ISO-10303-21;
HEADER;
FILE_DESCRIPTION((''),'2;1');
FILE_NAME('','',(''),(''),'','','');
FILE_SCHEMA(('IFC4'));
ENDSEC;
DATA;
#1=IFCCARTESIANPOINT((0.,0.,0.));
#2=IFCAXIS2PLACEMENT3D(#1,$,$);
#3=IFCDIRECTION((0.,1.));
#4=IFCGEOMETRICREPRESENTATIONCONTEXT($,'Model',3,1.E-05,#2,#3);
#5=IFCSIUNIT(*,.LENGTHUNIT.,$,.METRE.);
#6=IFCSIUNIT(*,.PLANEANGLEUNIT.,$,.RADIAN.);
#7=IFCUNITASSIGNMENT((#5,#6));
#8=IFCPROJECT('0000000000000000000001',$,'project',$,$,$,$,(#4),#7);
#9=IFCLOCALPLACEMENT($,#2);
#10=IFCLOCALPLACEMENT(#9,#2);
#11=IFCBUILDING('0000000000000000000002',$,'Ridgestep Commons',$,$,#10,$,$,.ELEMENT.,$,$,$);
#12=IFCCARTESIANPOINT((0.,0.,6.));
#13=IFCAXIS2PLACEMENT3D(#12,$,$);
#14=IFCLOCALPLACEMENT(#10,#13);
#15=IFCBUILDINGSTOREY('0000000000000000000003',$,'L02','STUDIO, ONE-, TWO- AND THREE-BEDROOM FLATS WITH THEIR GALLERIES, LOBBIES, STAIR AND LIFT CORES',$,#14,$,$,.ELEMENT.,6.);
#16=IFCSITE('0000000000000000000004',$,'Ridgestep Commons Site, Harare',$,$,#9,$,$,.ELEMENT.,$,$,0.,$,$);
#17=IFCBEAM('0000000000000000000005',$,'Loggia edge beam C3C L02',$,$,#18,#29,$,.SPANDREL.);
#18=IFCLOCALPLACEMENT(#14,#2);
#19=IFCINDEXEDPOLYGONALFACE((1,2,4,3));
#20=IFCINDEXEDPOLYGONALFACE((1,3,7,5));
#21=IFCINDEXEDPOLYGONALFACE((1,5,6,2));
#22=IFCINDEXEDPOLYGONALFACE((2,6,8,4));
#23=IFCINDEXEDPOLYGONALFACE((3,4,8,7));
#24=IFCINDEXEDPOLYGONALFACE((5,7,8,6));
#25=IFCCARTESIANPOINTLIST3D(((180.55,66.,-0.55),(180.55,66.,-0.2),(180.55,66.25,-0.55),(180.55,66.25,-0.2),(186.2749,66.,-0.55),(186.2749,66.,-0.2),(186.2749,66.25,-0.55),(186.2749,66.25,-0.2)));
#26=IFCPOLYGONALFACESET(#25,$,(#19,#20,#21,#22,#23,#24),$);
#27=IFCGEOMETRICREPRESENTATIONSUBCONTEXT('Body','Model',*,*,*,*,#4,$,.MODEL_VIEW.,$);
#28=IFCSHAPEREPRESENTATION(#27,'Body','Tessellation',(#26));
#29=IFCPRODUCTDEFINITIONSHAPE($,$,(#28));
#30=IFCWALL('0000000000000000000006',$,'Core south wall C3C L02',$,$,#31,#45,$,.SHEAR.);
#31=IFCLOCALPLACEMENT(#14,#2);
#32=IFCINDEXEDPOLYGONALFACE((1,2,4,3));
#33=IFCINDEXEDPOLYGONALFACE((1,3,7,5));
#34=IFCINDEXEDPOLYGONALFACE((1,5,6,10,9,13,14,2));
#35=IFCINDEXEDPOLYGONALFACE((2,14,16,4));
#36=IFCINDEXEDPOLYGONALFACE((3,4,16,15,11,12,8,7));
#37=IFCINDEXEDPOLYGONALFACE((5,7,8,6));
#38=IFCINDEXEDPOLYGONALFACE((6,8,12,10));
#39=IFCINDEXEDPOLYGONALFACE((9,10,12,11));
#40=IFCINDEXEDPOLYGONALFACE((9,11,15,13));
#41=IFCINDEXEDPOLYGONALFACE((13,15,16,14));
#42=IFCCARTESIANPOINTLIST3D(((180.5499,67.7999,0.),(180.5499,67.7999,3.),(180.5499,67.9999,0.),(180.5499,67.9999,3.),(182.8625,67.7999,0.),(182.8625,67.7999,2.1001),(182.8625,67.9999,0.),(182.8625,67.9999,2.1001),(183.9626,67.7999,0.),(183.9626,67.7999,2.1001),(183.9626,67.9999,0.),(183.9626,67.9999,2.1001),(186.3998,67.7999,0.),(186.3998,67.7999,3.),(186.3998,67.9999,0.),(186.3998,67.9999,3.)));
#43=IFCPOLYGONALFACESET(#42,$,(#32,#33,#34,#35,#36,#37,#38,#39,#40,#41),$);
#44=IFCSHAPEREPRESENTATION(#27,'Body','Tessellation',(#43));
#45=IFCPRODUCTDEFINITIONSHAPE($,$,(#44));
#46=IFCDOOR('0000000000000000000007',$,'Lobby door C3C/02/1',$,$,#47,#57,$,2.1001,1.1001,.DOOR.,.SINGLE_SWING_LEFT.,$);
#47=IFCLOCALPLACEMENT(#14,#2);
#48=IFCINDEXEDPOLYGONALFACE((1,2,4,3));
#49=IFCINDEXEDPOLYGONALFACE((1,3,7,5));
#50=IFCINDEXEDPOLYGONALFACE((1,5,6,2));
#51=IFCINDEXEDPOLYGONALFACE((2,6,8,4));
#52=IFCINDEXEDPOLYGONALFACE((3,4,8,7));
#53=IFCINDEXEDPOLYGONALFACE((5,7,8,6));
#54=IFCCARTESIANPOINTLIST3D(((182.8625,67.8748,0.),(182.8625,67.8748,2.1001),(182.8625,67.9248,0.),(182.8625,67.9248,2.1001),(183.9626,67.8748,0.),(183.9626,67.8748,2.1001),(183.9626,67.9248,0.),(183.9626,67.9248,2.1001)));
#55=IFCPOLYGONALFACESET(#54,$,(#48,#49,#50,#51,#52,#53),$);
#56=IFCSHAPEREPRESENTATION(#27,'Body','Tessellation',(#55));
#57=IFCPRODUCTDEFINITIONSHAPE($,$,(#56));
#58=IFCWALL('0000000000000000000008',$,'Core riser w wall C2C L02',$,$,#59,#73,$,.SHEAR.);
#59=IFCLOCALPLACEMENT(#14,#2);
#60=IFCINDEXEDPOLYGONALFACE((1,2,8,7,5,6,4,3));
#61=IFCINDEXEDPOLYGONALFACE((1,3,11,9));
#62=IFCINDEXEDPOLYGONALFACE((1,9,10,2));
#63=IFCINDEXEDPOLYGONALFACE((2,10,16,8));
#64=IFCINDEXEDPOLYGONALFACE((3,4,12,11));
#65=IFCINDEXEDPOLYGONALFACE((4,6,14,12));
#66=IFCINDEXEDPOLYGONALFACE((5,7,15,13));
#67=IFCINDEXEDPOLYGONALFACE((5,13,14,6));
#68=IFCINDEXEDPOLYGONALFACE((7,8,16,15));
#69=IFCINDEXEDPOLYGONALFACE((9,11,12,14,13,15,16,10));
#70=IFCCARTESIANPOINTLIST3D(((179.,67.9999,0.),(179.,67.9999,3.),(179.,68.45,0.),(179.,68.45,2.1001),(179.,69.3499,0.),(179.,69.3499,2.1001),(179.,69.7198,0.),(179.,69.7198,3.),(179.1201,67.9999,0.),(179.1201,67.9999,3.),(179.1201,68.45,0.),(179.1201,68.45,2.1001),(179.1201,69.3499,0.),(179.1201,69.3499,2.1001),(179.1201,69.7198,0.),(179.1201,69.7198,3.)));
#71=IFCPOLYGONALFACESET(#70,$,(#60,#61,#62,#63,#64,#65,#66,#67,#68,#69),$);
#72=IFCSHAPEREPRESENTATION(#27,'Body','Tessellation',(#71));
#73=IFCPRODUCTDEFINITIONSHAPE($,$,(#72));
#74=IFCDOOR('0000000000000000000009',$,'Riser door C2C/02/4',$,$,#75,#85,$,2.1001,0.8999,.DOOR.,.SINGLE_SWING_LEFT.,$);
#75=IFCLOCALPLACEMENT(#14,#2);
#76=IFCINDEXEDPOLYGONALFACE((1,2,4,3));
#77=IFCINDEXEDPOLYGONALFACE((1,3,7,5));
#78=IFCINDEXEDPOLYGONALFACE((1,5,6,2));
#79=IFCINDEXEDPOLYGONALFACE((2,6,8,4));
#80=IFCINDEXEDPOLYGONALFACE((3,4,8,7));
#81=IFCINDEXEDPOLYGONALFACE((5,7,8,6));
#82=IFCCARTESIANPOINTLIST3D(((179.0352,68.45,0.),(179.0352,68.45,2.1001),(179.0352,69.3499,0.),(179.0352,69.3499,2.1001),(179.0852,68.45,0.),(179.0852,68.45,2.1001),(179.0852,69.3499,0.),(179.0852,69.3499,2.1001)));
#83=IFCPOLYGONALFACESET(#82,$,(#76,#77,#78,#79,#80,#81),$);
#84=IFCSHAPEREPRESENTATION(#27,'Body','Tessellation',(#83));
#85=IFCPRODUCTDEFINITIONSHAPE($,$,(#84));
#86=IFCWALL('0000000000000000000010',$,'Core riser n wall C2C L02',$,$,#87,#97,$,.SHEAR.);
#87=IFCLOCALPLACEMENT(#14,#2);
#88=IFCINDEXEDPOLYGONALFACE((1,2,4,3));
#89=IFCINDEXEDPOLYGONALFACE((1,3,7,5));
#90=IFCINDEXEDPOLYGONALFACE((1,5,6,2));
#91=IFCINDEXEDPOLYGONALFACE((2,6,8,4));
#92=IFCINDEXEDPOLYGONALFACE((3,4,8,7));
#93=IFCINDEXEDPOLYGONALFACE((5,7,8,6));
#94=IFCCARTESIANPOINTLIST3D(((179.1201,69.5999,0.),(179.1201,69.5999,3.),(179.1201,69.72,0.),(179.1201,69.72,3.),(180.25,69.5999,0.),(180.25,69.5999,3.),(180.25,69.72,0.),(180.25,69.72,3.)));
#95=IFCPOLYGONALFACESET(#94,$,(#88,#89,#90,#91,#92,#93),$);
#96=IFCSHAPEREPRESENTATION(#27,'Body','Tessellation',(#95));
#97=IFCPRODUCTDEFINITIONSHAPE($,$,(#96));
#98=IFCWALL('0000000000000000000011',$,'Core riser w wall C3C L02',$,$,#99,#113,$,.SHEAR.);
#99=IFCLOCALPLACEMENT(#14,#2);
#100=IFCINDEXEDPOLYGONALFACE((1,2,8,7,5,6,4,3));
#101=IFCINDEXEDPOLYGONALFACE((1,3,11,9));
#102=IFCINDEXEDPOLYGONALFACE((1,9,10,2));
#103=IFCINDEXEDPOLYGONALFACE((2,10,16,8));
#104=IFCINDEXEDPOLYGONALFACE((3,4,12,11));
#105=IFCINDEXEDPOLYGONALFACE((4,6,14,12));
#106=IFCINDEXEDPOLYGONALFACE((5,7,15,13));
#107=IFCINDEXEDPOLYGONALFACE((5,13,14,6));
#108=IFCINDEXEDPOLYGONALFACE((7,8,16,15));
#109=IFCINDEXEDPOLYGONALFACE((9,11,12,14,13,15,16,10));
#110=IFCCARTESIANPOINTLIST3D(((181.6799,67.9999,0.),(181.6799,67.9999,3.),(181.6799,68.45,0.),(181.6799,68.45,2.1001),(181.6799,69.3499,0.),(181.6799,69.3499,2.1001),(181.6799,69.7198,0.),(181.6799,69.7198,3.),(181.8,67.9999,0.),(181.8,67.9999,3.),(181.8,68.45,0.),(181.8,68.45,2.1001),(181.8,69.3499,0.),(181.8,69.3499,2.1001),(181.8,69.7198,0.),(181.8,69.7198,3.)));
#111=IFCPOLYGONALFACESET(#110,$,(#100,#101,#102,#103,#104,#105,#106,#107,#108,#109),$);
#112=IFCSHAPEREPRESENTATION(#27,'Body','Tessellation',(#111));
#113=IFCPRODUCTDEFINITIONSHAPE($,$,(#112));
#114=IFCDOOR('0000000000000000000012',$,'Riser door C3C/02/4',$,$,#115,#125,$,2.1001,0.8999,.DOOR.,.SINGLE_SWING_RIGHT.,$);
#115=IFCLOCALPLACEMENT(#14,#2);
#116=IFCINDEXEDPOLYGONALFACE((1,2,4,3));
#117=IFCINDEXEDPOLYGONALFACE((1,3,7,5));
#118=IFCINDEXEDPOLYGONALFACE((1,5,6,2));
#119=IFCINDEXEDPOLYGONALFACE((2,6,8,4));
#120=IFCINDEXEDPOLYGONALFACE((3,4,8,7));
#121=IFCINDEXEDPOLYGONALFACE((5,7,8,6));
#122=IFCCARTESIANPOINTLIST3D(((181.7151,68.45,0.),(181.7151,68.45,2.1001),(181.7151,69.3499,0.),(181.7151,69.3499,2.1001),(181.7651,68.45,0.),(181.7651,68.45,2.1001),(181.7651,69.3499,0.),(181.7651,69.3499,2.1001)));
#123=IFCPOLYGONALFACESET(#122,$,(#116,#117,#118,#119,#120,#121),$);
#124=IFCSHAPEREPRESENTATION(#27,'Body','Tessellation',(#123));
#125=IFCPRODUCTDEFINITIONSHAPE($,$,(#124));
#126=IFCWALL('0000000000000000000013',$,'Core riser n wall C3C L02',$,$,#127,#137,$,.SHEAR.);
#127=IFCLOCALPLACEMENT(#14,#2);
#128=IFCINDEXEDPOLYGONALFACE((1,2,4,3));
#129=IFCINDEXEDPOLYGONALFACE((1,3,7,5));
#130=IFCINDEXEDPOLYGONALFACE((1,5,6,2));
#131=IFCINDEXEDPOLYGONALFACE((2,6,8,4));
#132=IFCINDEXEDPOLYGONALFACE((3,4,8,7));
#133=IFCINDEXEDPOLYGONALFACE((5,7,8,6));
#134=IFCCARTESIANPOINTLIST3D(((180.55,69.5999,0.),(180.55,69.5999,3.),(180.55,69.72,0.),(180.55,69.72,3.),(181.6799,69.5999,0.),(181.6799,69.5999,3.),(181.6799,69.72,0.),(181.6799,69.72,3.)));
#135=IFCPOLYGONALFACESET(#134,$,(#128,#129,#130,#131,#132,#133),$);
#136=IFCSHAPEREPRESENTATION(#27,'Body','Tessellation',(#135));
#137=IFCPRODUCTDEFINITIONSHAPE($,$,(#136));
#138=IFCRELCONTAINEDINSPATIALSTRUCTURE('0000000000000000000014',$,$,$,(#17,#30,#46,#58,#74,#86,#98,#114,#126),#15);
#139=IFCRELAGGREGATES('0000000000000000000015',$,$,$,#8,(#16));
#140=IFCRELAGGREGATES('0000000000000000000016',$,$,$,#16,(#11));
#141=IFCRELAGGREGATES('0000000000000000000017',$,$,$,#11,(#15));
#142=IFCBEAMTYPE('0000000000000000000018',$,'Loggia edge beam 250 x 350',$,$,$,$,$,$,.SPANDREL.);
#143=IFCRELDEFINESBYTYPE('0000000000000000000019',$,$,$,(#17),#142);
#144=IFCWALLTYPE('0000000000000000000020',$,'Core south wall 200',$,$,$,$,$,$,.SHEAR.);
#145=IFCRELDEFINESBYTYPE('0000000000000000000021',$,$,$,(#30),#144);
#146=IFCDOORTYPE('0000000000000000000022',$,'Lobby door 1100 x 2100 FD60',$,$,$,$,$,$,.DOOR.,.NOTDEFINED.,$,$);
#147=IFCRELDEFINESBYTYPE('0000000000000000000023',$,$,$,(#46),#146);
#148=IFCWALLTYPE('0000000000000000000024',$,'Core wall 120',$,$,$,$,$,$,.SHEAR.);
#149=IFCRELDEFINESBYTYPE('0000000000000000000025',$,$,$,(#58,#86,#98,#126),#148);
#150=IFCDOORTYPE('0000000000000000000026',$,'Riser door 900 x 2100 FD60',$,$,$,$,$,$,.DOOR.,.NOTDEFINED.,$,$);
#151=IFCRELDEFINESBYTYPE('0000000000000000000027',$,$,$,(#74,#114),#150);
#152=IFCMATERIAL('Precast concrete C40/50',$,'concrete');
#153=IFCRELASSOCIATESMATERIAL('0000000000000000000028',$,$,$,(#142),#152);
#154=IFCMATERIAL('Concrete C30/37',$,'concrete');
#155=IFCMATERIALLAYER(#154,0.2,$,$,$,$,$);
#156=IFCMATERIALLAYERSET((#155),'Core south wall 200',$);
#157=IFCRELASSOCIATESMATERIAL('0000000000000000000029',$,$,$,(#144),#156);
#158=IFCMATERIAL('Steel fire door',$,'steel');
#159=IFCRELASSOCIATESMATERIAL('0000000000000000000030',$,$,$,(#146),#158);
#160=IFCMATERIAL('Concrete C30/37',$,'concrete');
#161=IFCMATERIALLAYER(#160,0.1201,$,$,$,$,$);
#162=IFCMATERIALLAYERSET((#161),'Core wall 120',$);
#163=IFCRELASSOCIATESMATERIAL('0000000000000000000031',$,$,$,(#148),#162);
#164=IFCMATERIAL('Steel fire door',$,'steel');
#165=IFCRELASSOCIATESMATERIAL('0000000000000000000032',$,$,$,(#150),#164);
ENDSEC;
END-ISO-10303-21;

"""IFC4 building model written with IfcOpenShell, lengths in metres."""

from ifc_helpers import new_model, si_unit, direction, frame, frame_2d, origin, origin_2d, place, context, subcontext, project, spatial, rectangle, extrude, material, layer, layer_set, material_profile, profile_set, type_object, element, fill, save


model = new_model("IFC4")

# Units and contexts
model_context = context("Model", 3, precision=1e-05, world=origin(), true_north=direction((0.0, 1.0)))
body_context = subcontext(model_context, "Body", "Model", "MODEL_VIEW")
ifc_project = project(units=[si_unit("LENGTHUNIT", "METRE"), si_unit("PLANEANGLEUNIT", "RADIAN")], contexts=[model_context])

# Site, building, storey
site_placement = place(None, origin())
site = spatial("IfcSite", under=ifc_project, at=site_placement, Name="Ridgestep Commons Site, Harare", CompositionType="ELEMENT", RefElevation=0.0)
building_placement = place(site_placement, origin())
building = spatial("IfcBuilding", under=site, at=building_placement, Name="Ridgestep Commons", CompositionType="ELEMENT")
storey_placement = place(building_placement, frame((0.0, 0.0, 6.0)))
storey = spatial("IfcBuildingStorey", under=building, at=storey_placement, Name="L02", Description="STUDIO, ONE-, TWO- AND THREE-BEDROOM FLATS WITH THEIR GALLERIES, LOBBIES, STAIR AND LIFT CORES", CompositionType="ELEMENT", Elevation=6.0)

# Beam
ifc_material_1 = material(Name="Precast concrete C40/50", Category="concrete")
ifc_material_profile = material_profile(ifc_material_1, rectangle(XDim=0.25, YDim=0.3501, at=origin_2d()), Name="PC 250x350")
ifc_profile_set = profile_set([ifc_material_profile], Name="Precast concrete C40/50")
beam_type = type_object("IfcBeamType", Name="Loggia edge beam 250 x 350", PredefinedType="SPANDREL", material=ifc_profile_set)
beam_placement = place(storey_placement, frame((180.55, 66.125, -0.375), z_axis=(1.0, 0.0, 0.0), x_axis=(0.0, 1.0, 0.0)))
element("IfcBeam", 1, at=beam_placement, inside=storey, type_object=beam_type, Name="Loggia edge beam C3C L02", PredefinedType="SPANDREL", context=body_context, shape_type="SweptSolid", body=[
    extrude(rectangle(XDim=0.25, YDim=0.3501, at=origin_2d()), origin(), (0.0, 0.0, 1.0), 5.7249),
])

# Walls, openings, doors
ifc_material_2 = material(Name="Concrete C30/37", Category="concrete")
ifc_layer_1 = layer(ifc_material_2, 0.2)
ifc_layer_set_1 = layer_set([ifc_layer_1], Name="Core south wall 200")
wall_type_1 = type_object("IfcWallType", Name="Core south wall 200", PredefinedType="SHEAR", material=ifc_layer_set_1)
wall_1_placement = place(storey_placement, frame((180.55, 67.8999, 0.0), z_axis=(0.0, 0.0, 1.0), x_axis=(1.0, 0.0, 0.0)))
wall_1 = element("IfcWall", 2, at=wall_1_placement, inside=storey, type_object=wall_type_1, Name="Core south wall C3C L02", PredefinedType="SHEAR", context=body_context, shape_type="SweptSolid", body=[
    extrude(rectangle(XDim=5.8499, YDim=0.2, at=frame_2d((2.9248, 0.0))), origin(), (0.0, 0.0, 1.0), 3.0),
])
opening_1_placement = place(wall_1_placement, frame((2.3125, 0.0, 0.0)))
opening_1 = element("IfcOpeningElement", 3, at=opening_1_placement, cuts=wall_1, PredefinedType="OPENING", context=body_context, shape_type="SweptSolid", body=[
    extrude(rectangle(XDim=1.1001, YDim=2.1001, at=frame_2d((0.55, 1.05))), frame((0.0, 0.1099, 0.0), z_axis=(0.0, -1.0, 0.0), x_axis=(1.0, 0.0, 0.0)), (0.0, 0.0, 1.0), 0.22),
])
ifc_material_3 = material(Name="Steel fire door", Category="steel")
door_type_1 = type_object("IfcDoorType", Name="Lobby door 1100 x 2100 FD60", OperationType="NOTDEFINED", PredefinedType="DOOR", material=ifc_material_3)
door_1_placement = place(opening_1_placement, origin())
door_1 = element("IfcDoor", 4, at=door_1_placement, inside=storey, type_object=door_type_1, Name="Lobby door C3C/02/1", OperationType="SINGLE_SWING_LEFT", OverallHeight=2.1001, OverallWidth=1.1001, PredefinedType="DOOR", context=body_context, shape_type="SweptSolid", body=[
    extrude(rectangle(XDim=1.1001, YDim=2.1001, at=frame_2d((0.55, 1.05))), frame((0.0, 0.0249, 0.0), z_axis=(0.0, -1.0, 0.0), x_axis=(1.0, 0.0, 0.0)), (0.0, 0.0, 1.0), 0.05),
])
fill(opening_1, door_1)
ifc_material_4 = material(Name="Concrete C30/37", Category="concrete")
ifc_layer_2 = layer(ifc_material_4, 0.1201)
ifc_layer_set_2 = layer_set([ifc_layer_2], Name="Core wall 120")
wall_type_2 = type_object("IfcWallType", Name="Core wall 120", PredefinedType="SHEAR", material=ifc_layer_set_2)
wall_2_placement = place(storey_placement, frame((179.0601, 68.0, 0.0), z_axis=(0.0, 0.0, 1.0), x_axis=(0.0, 1.0, 0.0)))
wall_2 = element("IfcWall", 5, at=wall_2_placement, inside=storey, type_object=wall_type_2, Name="Core riser w wall C2C L02", PredefinedType="SHEAR", context=body_context, shape_type="SweptSolid", body=[
    extrude(rectangle(XDim=1.72, YDim=0.1201, at=frame_2d((0.8599, 0.0))), origin(), (0.0, 0.0, 1.0), 3.0),
])
opening_2_placement = place(wall_2_placement, frame((0.45, 0.0, 0.0)))
opening_2 = element("IfcOpeningElement", 6, at=opening_2_placement, cuts=wall_2, PredefinedType="OPENING", context=body_context, shape_type="SweptSolid", body=[
    extrude(rectangle(XDim=0.8999, YDim=2.1001, at=frame_2d((0.45, 1.05))), frame((0.0, 0.0701, 0.0), z_axis=(0.0, -1.0, 0.0), x_axis=(1.0, 0.0, 0.0)), (0.0, 0.0, 1.0), 0.1401),
])
ifc_material_5 = material(Name="Steel fire door", Category="steel")
door_type_2 = type_object("IfcDoorType", Name="Riser door 900 x 2100 FD60", OperationType="NOTDEFINED", PredefinedType="DOOR", material=ifc_material_5)
door_2_placement = place(opening_2_placement, origin())
door_2 = element("IfcDoor", 7, at=door_2_placement, inside=storey, type_object=door_type_2, Name="Riser door C2C/02/4", OperationType="SINGLE_SWING_LEFT", OverallHeight=2.1001, OverallWidth=0.8999, PredefinedType="DOOR", context=body_context, shape_type="SweptSolid", body=[
    extrude(rectangle(XDim=0.8999, YDim=2.1001, at=frame_2d((0.45, 1.05))), frame((0.0, 0.0249, 0.0), z_axis=(0.0, -1.0, 0.0), x_axis=(1.0, 0.0, 0.0)), (0.0, 0.0, 1.0), 0.05),
])
fill(opening_2, door_2)

# Wall
wall_3_placement = place(storey_placement, frame((179.1201, 69.6599, 0.0), z_axis=(0.0, 0.0, 1.0), x_axis=(1.0, 0.0, 0.0)))
element("IfcWall", 8, at=wall_3_placement, inside=storey, type_object=wall_type_2, Name="Core riser n wall C2C L02", PredefinedType="SHEAR", context=body_context, shape_type="SweptSolid", body=[
    extrude(rectangle(XDim=1.1299, YDim=0.1201, at=frame_2d((0.5649, 0.0))), origin(), (0.0, 0.0, 1.0), 3.0),
])

# Wall, opening, door
wall_4_placement = place(storey_placement, frame((181.74, 68.0, 0.0), z_axis=(0.0, 0.0, 1.0), x_axis=(0.0, 1.0, 0.0)))
wall_4 = element("IfcWall", 9, at=wall_4_placement, inside=storey, type_object=wall_type_2, Name="Core riser w wall C3C L02", PredefinedType="SHEAR", context=body_context, shape_type="SweptSolid", body=[
    extrude(rectangle(XDim=1.72, YDim=0.1201, at=frame_2d((0.8599, 0.0))), origin(), (0.0, 0.0, 1.0), 3.0),
])
opening_3_placement = place(wall_4_placement, frame((0.45, 0.0, 0.0)))
opening_3 = element("IfcOpeningElement", 10, at=opening_3_placement, cuts=wall_4, PredefinedType="OPENING", context=body_context, shape_type="SweptSolid", body=[
    extrude(rectangle(XDim=0.8999, YDim=2.1001, at=frame_2d((0.45, 1.05))), frame((0.0, 0.0701, 0.0), z_axis=(0.0, -1.0, 0.0), x_axis=(1.0, 0.0, 0.0)), (0.0, 0.0, 1.0), 0.1401),
])
door_3_placement = place(opening_3_placement, origin())
door_3 = element("IfcDoor", 11, at=door_3_placement, inside=storey, type_object=door_type_2, Name="Riser door C3C/02/4", OperationType="SINGLE_SWING_RIGHT", OverallHeight=2.1001, OverallWidth=0.8999, PredefinedType="DOOR", context=body_context, shape_type="SweptSolid", body=[
    extrude(rectangle(XDim=0.8999, YDim=2.1001, at=frame_2d((0.45, 1.05))), frame((0.0, 0.0249, 0.0), z_axis=(0.0, -1.0, 0.0), x_axis=(1.0, 0.0, 0.0)), (0.0, 0.0, 1.0), 0.05),
])
fill(opening_3, door_3)

# Wall
wall_5_placement = place(storey_placement, frame((180.55, 69.6599, 0.0), z_axis=(0.0, 0.0, 1.0), x_axis=(1.0, 0.0, 0.0)))
element("IfcWall", 12, at=wall_5_placement, inside=storey, type_object=wall_type_2, Name="Core riser n wall C3C L02", PredefinedType="SHEAR", context=body_context, shape_type="SweptSolid", body=[
    extrude(rectangle(XDim=1.1299, YDim=0.1201, at=frame_2d((0.5649, 0.0))), origin(), (0.0, 0.0, 1.0), 3.0),
])

save(model, "model.ifc")
